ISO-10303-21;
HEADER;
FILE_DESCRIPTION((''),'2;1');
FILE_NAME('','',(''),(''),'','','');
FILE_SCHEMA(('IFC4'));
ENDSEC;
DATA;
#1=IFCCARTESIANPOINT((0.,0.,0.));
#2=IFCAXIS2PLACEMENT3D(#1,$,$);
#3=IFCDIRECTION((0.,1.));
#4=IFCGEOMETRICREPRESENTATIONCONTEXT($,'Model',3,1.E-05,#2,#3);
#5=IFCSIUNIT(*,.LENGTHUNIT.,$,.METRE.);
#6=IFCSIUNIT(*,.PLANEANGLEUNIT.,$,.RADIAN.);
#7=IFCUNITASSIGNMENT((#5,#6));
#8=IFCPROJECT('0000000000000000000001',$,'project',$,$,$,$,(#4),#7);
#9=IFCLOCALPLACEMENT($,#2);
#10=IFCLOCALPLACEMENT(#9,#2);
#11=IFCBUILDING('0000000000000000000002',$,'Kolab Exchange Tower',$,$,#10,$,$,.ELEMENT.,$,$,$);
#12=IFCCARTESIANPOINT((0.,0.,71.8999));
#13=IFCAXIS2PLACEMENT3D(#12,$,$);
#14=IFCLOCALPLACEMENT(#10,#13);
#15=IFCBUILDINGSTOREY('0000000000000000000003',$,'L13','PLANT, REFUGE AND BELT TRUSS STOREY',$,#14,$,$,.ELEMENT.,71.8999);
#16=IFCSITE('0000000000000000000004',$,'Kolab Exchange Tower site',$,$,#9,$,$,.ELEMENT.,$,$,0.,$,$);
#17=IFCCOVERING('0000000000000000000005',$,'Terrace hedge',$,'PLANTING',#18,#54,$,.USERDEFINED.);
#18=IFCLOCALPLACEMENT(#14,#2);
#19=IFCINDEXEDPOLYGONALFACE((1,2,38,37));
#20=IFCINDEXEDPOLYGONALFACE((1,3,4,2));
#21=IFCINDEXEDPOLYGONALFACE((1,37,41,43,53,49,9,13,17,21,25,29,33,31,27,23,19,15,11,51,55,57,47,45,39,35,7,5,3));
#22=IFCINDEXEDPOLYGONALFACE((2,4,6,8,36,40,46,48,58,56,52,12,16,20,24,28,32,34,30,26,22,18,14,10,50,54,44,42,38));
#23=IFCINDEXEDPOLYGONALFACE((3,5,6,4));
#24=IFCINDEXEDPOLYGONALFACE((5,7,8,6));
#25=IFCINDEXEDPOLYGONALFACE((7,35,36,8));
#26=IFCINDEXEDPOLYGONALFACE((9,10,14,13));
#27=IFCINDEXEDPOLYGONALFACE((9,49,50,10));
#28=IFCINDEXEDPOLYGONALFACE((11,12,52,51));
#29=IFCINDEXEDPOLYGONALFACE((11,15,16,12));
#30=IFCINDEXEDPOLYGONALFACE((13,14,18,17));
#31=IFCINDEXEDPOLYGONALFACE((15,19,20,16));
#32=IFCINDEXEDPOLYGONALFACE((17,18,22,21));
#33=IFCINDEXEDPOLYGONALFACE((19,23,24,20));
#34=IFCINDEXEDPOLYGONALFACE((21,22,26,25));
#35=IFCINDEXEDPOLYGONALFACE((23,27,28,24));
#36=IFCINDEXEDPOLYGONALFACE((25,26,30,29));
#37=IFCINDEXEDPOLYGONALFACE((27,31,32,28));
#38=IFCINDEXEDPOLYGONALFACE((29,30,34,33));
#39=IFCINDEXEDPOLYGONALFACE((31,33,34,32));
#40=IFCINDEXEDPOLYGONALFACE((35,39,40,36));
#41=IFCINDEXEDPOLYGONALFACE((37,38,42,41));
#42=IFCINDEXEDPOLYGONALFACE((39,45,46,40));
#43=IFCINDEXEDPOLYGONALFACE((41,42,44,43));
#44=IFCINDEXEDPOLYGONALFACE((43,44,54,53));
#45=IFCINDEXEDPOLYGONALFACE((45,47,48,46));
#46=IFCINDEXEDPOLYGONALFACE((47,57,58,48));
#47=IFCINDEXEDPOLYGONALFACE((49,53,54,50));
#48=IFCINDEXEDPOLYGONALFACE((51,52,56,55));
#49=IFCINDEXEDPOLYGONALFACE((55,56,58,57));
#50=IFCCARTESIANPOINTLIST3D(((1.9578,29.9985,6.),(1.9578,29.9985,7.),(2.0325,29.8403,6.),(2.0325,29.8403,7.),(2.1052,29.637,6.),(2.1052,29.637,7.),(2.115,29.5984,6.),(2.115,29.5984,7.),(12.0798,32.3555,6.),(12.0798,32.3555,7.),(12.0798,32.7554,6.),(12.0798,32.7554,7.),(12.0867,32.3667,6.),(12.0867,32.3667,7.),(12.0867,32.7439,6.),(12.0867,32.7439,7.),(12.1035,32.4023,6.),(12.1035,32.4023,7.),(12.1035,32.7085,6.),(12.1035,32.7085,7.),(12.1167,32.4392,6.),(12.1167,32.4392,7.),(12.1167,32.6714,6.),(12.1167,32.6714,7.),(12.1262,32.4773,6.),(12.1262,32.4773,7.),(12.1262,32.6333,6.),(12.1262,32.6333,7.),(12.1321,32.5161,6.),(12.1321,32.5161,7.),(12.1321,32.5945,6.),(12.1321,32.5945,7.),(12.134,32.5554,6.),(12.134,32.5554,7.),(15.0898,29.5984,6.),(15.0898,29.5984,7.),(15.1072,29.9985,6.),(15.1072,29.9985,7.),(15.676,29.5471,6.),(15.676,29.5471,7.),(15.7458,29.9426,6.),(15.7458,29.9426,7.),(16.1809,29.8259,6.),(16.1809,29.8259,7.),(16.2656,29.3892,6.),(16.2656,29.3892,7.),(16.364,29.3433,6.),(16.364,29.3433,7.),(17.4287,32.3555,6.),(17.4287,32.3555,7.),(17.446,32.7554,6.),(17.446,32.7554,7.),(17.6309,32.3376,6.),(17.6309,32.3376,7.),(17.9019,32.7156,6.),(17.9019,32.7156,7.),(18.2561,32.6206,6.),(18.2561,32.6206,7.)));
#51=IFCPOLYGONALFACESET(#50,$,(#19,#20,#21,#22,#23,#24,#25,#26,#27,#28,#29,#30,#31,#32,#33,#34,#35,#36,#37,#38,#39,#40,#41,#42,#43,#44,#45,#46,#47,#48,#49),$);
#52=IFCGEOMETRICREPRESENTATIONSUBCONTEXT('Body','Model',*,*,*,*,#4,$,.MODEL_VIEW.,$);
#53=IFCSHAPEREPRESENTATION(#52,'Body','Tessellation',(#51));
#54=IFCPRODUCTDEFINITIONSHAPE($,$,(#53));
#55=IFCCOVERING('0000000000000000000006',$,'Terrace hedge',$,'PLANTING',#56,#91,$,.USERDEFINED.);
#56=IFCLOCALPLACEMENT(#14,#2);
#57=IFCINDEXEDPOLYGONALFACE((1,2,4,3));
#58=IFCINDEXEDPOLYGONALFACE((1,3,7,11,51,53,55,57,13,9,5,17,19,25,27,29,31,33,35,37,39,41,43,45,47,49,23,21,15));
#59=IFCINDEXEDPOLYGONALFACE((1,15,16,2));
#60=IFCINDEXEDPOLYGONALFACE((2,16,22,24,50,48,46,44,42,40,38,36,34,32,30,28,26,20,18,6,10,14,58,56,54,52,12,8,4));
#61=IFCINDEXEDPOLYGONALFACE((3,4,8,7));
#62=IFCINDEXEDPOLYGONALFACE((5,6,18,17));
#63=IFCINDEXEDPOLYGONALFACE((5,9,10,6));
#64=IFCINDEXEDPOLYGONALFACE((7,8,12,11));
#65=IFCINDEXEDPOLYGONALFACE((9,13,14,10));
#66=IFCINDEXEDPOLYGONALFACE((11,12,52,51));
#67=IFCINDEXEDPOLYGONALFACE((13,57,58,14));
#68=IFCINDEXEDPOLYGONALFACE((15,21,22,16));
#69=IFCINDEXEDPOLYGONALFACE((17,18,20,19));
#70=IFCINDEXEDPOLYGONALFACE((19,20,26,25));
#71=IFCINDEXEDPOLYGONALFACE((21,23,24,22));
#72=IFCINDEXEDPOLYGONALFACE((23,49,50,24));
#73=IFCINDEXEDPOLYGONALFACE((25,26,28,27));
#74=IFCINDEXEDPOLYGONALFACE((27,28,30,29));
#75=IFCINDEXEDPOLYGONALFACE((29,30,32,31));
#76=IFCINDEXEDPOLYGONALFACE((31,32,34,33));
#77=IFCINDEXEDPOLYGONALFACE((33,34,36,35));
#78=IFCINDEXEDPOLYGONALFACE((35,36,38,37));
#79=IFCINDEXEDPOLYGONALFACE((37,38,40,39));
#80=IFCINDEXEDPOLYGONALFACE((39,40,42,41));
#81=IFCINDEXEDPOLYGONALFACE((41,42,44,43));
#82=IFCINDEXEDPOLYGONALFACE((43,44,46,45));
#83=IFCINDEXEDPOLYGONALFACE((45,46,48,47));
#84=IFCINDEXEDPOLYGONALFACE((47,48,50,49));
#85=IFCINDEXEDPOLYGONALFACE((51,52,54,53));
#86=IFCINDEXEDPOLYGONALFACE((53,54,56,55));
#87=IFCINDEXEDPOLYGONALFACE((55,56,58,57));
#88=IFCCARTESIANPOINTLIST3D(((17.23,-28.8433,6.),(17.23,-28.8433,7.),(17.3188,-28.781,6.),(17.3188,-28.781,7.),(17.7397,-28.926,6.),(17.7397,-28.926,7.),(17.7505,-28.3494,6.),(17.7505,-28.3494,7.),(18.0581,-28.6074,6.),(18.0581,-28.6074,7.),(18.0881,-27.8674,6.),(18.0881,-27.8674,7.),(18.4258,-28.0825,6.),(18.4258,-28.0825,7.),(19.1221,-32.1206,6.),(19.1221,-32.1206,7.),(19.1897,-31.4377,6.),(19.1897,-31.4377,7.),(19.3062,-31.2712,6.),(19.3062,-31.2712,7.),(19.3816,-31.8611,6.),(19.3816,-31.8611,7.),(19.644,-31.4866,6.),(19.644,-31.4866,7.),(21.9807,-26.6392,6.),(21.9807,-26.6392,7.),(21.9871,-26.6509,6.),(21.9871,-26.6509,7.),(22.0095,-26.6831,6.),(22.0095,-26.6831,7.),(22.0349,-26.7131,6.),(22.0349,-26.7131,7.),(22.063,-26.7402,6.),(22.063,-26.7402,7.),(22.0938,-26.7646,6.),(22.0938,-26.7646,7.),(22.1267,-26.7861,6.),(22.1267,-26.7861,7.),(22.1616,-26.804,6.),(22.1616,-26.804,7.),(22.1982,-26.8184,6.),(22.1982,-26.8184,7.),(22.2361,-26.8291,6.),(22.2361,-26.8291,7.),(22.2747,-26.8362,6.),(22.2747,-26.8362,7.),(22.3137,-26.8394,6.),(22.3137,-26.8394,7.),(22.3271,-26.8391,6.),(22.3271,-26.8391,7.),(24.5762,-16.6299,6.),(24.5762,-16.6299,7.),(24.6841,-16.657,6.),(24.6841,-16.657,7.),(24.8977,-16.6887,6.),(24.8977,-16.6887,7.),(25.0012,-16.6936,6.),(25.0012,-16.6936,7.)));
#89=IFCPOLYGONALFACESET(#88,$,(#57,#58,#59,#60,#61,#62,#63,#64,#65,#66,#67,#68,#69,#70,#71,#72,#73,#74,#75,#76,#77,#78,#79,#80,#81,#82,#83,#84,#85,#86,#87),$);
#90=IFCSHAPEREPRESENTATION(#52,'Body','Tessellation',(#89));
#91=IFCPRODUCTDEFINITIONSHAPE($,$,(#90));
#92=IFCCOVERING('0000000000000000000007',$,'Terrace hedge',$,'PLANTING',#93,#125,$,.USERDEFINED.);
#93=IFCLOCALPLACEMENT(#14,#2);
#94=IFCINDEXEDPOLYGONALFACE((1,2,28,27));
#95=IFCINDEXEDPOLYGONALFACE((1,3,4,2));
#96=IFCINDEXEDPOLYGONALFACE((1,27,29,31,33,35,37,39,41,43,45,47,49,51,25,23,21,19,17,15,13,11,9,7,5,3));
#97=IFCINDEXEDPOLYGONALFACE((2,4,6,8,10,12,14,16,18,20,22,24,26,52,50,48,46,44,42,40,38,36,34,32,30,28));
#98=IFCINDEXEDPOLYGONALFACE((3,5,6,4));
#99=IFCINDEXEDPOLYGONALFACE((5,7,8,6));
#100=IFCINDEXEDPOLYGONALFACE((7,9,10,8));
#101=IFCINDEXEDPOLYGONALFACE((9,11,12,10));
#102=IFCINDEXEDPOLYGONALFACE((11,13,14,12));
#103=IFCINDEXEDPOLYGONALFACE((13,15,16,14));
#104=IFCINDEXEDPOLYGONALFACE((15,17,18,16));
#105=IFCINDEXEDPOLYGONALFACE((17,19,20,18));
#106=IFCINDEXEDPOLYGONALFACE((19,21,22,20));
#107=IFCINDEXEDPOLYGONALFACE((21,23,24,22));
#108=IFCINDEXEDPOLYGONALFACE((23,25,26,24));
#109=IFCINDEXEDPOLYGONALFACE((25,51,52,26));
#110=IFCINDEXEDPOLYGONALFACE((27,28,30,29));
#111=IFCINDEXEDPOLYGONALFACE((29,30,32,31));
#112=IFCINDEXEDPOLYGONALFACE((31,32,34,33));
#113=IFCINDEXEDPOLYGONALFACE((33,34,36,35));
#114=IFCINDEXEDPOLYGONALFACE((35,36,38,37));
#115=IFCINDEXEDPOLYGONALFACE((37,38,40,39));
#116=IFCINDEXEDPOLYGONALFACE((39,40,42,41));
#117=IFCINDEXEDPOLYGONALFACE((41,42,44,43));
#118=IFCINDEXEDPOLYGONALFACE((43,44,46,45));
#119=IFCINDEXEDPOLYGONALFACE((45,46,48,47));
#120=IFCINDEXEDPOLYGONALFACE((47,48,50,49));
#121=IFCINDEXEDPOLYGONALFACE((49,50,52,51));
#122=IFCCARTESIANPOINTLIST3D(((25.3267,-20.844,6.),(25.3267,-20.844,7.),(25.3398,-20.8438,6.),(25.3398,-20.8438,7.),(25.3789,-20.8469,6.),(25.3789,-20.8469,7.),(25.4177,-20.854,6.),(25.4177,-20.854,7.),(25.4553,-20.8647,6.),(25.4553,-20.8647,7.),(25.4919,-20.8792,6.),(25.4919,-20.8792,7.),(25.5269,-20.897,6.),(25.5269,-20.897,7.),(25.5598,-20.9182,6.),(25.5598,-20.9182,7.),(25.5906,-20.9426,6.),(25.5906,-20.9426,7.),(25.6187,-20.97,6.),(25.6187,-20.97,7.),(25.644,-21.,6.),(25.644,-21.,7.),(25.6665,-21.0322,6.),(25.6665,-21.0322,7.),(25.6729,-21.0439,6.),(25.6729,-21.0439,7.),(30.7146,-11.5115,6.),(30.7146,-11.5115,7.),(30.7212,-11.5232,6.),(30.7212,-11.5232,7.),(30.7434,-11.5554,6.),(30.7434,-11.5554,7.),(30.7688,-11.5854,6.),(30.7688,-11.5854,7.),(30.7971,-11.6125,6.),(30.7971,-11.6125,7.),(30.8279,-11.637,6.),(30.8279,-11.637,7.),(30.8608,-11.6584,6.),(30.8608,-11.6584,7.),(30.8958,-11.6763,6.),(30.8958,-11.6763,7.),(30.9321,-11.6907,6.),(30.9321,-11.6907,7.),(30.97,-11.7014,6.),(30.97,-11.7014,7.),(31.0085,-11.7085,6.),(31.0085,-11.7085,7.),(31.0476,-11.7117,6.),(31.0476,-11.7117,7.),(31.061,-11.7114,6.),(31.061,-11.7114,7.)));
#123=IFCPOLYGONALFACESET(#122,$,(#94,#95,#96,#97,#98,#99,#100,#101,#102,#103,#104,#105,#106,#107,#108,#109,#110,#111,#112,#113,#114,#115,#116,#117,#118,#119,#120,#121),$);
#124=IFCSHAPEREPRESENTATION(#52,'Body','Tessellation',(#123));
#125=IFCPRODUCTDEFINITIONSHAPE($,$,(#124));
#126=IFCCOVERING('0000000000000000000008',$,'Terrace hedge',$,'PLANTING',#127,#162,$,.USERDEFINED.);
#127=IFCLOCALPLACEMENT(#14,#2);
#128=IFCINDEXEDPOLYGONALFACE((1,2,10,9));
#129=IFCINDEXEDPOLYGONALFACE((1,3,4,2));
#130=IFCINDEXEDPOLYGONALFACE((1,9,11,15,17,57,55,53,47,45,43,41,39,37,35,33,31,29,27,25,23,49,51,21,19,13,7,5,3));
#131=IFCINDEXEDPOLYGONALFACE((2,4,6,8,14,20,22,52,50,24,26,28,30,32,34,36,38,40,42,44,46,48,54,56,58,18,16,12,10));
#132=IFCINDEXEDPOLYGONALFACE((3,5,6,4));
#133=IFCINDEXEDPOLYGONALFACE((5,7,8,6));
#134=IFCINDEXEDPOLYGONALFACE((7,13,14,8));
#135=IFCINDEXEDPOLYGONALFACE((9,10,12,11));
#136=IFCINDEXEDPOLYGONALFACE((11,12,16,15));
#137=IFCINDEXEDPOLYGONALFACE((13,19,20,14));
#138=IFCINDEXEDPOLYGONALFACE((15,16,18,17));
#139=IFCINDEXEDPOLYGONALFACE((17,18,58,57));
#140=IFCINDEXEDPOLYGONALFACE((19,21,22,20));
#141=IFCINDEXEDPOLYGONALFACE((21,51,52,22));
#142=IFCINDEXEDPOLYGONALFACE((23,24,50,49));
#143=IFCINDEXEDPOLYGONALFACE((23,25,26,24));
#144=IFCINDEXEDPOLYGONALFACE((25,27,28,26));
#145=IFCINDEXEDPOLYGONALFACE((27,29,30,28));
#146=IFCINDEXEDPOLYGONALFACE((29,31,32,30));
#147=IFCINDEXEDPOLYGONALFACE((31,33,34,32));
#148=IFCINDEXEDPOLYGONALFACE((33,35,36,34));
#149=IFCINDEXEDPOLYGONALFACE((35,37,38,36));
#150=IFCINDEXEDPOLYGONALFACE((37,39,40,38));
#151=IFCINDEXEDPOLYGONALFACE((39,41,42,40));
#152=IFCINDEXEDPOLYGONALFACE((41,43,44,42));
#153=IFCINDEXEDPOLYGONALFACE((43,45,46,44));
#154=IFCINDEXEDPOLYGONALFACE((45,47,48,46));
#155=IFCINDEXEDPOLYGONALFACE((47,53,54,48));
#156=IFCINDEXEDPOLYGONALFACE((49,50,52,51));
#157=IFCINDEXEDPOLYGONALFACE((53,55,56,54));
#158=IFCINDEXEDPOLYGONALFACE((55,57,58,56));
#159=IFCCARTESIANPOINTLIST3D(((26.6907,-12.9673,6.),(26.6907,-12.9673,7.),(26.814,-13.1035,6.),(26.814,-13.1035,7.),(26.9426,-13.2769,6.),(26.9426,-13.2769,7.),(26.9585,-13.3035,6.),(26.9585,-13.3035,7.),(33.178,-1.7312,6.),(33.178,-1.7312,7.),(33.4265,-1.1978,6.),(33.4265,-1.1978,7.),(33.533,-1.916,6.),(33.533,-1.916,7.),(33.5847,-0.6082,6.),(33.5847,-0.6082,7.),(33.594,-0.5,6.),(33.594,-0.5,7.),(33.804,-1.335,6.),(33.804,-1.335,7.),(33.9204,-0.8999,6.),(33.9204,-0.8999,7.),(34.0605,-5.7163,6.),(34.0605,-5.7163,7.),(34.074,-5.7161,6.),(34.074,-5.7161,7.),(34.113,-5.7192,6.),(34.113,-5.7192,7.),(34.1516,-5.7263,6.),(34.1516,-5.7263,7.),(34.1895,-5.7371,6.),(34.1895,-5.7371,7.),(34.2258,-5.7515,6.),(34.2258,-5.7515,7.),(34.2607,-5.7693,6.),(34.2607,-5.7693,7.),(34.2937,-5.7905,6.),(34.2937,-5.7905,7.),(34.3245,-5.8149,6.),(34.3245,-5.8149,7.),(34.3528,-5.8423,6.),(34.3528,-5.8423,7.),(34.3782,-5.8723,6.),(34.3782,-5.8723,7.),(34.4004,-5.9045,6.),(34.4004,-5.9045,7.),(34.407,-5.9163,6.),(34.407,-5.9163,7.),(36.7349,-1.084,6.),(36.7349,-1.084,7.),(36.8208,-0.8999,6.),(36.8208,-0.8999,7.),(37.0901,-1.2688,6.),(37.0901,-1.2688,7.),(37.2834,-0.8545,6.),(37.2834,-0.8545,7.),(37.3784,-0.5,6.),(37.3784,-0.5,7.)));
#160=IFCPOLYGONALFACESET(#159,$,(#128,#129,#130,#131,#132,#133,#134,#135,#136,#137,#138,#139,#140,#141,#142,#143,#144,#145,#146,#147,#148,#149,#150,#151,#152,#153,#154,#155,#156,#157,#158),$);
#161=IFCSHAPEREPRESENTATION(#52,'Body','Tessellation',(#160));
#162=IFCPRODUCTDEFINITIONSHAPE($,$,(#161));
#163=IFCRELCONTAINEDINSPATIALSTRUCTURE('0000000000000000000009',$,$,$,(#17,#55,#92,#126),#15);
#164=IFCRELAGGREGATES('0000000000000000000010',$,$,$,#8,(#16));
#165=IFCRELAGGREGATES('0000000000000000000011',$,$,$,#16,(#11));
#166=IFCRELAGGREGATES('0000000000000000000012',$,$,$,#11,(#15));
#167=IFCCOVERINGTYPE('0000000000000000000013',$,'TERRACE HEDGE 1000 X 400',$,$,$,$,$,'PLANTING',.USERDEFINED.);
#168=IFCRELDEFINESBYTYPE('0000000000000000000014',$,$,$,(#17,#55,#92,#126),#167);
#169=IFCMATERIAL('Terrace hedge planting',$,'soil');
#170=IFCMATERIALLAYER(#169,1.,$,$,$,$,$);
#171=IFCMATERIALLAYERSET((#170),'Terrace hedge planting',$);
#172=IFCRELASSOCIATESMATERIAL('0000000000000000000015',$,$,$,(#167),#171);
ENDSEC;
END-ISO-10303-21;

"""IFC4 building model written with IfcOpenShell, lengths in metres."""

from ifc_helpers import new_model, si_unit, direction, frame, origin, place, context, subcontext, project, spatial, polyline, outline, extrude, material, layer, layer_set, type_object, element, save


model = new_model("IFC4")

# Units and contexts
model_context = context("Model", 3, precision=1e-05, world=origin(), true_north=direction((0.0, 1.0)))
body_context = subcontext(model_context, "Body", "Model", "MODEL_VIEW")
ifc_project = project(units=[si_unit("LENGTHUNIT", "METRE"), si_unit("PLANEANGLEUNIT", "RADIAN")], contexts=[model_context])

# Site, building, storey
site_placement = place(None, origin())
site = spatial("IfcSite", under=ifc_project, at=site_placement, Name="Kolab Exchange Tower site", CompositionType="ELEMENT", RefElevation=0.0)
building_placement = place(site_placement, origin())
building = spatial("IfcBuilding", under=site, at=building_placement, Name="Kolab Exchange Tower", CompositionType="ELEMENT")
storey_placement = place(building_placement, frame((0.0, 0.0, 71.8999)))
storey = spatial("IfcBuildingStorey", under=building, at=storey_placement, Name="L13", Description="PLANT, REFUGE AND BELT TRUSS STOREY", CompositionType="ELEMENT", Elevation=71.8999)

# Coverings
ifc_material_1 = material(Name="Terrace hedge planting", Category="soil")
ifc_layer_1 = layer(ifc_material_1, 1.0)
ifc_layer_set_1 = layer_set([ifc_layer_1], Name="Terrace hedge planting")
covering_type_1 = type_object("IfcCoveringType", Name="TERRACE HEDGE 1000 X 400", ElementType="PLANTING", PredefinedType="USERDEFINED", material=ifc_layer_set_1)
covering_1_placement = place(storey_placement, frame((0.0, 0.0, 6.0)))
element("IfcCovering", 1, at=covering_1_placement, inside=storey, type_object=covering_type_1, Name="Terrace hedge", ObjectType="PLANTING", PredefinedType="USERDEFINED", context=body_context, shape_type="SweptSolid", body=[
    extrude(outline(polyline([(17.446, 32.7554), (17.9019, 32.7156), (18.2561, 32.6206), (16.364, 29.3433), (16.2656, 29.3892), (15.676, 29.5471), (15.0898, 29.5984), (2.115, 29.5984), (2.1052, 29.637), (2.0325, 29.8403), (1.9578, 29.9985), (15.1072, 29.9985), (15.7458, 29.9426), (16.1809, 29.8259), (17.6309, 32.3376), (17.4287, 32.3555), (12.0798, 32.3555), (12.0867, 32.3667), (12.1035, 32.4023), (12.1167, 32.4392), (12.1262, 32.4773), (12.1321, 32.5161), (12.134, 32.5554), (12.1321, 32.5945), (12.1262, 32.6333), (12.1167, 32.6714), (12.1035, 32.7085), (12.0867, 32.7439), (12.0798, 32.7554), (17.446, 32.7554)])), origin(), (0.0, 0.0, 1.0), 1.0),
])
covering_2_placement = place(storey_placement, frame((0.0, 0.0, 6.0)))
element("IfcCovering", 2, at=covering_2_placement, inside=storey, type_object=covering_type_1, Name="Terrace hedge", ObjectType="PLANTING", PredefinedType="USERDEFINED", context=body_context, shape_type="SweptSolid", body=[
    extrude(outline(polyline([(17.3188, -28.781), (17.7505, -28.3494), (18.0881, -27.8674), (24.5762, -16.6299), (24.6841, -16.657), (24.8977, -16.6887), (25.0012, -16.6936), (18.4258, -28.0825), (18.0581, -28.6074), (17.7397, -28.926), (19.1897, -31.4377), (19.3062, -31.2712), (21.9807, -26.6392), (21.9871, -26.6509), (22.0095, -26.6831), (22.0349, -26.7131), (22.063, -26.7402), (22.0938, -26.7646), (22.1267, -26.7861), (22.1616, -26.804), (22.1982, -26.8184), (22.2361, -26.8291), (22.2747, -26.8362), (22.3137, -26.8394), (22.3271, -26.8391), (19.644, -31.4866), (19.3816, -31.8611), (19.1221, -32.1206), (17.23, -28.8433), (17.3188, -28.781)])), origin(), (0.0, 0.0, 1.0), 1.0),
])
covering_3_placement = place(storey_placement, frame((0.0, 0.0, 6.0)))
element("IfcCovering", 3, at=covering_3_placement, inside=storey, type_object=covering_type_1, Name="Terrace hedge", ObjectType="PLANTING", PredefinedType="USERDEFINED", context=body_context, shape_type="SweptSolid", body=[
    extrude(outline(polyline([(25.6729, -21.0439), (25.6665, -21.0322), (25.644, -21.0), (25.6187, -20.97), (25.5906, -20.9426), (25.5598, -20.9182), (25.5269, -20.897), (25.4919, -20.8792), (25.4553, -20.8647), (25.4177, -20.854), (25.3789, -20.8469), (25.3398, -20.8438), (25.3267, -20.844), (30.7146, -11.5115), (30.7212, -11.5232), (30.7434, -11.5554), (30.7688, -11.5854), (30.7971, -11.6125), (30.8279, -11.637), (30.8608, -11.6584), (30.8958, -11.6763), (30.9321, -11.6907), (30.97, -11.7014), (31.0085, -11.7085), (31.0476, -11.7117), (31.061, -11.7114), (25.6729, -21.0439)])), origin(), (0.0, 0.0, 1.0), 1.0),
])
covering_4_placement = place(storey_placement, frame((0.0, 0.0, 6.0)))
element("IfcCovering", 4, at=covering_4_placement, inside=storey, type_object=covering_type_1, Name="Terrace hedge", ObjectType="PLANTING", PredefinedType="USERDEFINED", context=body_context, shape_type="SweptSolid", body=[
    extrude(outline(polyline([(33.178, -1.7312), (33.4265, -1.1978), (33.5847, -0.6082), (33.594, -0.5), (37.3784, -0.5), (37.2834, -0.8545), (37.0901, -1.2688), (34.407, -5.9163), (34.4004, -5.9045), (34.3782, -5.8723), (34.3528, -5.8423), (34.3245, -5.8149), (34.2937, -5.7905), (34.2607, -5.7693), (34.2258, -5.7515), (34.1895, -5.7371), (34.1516, -5.7263), (34.113, -5.7192), (34.074, -5.7161), (34.0605, -5.7163), (36.7349, -1.084), (36.8208, -0.8999), (33.9204, -0.8999), (33.804, -1.335), (33.533, -1.916), (26.9585, -13.3035), (26.9426, -13.2769), (26.814, -13.1035), (26.6907, -12.9673), (33.178, -1.7312)])), origin(), (0.0, 0.0, 1.0), 1.0),
])

save(model, "model.ifc")
